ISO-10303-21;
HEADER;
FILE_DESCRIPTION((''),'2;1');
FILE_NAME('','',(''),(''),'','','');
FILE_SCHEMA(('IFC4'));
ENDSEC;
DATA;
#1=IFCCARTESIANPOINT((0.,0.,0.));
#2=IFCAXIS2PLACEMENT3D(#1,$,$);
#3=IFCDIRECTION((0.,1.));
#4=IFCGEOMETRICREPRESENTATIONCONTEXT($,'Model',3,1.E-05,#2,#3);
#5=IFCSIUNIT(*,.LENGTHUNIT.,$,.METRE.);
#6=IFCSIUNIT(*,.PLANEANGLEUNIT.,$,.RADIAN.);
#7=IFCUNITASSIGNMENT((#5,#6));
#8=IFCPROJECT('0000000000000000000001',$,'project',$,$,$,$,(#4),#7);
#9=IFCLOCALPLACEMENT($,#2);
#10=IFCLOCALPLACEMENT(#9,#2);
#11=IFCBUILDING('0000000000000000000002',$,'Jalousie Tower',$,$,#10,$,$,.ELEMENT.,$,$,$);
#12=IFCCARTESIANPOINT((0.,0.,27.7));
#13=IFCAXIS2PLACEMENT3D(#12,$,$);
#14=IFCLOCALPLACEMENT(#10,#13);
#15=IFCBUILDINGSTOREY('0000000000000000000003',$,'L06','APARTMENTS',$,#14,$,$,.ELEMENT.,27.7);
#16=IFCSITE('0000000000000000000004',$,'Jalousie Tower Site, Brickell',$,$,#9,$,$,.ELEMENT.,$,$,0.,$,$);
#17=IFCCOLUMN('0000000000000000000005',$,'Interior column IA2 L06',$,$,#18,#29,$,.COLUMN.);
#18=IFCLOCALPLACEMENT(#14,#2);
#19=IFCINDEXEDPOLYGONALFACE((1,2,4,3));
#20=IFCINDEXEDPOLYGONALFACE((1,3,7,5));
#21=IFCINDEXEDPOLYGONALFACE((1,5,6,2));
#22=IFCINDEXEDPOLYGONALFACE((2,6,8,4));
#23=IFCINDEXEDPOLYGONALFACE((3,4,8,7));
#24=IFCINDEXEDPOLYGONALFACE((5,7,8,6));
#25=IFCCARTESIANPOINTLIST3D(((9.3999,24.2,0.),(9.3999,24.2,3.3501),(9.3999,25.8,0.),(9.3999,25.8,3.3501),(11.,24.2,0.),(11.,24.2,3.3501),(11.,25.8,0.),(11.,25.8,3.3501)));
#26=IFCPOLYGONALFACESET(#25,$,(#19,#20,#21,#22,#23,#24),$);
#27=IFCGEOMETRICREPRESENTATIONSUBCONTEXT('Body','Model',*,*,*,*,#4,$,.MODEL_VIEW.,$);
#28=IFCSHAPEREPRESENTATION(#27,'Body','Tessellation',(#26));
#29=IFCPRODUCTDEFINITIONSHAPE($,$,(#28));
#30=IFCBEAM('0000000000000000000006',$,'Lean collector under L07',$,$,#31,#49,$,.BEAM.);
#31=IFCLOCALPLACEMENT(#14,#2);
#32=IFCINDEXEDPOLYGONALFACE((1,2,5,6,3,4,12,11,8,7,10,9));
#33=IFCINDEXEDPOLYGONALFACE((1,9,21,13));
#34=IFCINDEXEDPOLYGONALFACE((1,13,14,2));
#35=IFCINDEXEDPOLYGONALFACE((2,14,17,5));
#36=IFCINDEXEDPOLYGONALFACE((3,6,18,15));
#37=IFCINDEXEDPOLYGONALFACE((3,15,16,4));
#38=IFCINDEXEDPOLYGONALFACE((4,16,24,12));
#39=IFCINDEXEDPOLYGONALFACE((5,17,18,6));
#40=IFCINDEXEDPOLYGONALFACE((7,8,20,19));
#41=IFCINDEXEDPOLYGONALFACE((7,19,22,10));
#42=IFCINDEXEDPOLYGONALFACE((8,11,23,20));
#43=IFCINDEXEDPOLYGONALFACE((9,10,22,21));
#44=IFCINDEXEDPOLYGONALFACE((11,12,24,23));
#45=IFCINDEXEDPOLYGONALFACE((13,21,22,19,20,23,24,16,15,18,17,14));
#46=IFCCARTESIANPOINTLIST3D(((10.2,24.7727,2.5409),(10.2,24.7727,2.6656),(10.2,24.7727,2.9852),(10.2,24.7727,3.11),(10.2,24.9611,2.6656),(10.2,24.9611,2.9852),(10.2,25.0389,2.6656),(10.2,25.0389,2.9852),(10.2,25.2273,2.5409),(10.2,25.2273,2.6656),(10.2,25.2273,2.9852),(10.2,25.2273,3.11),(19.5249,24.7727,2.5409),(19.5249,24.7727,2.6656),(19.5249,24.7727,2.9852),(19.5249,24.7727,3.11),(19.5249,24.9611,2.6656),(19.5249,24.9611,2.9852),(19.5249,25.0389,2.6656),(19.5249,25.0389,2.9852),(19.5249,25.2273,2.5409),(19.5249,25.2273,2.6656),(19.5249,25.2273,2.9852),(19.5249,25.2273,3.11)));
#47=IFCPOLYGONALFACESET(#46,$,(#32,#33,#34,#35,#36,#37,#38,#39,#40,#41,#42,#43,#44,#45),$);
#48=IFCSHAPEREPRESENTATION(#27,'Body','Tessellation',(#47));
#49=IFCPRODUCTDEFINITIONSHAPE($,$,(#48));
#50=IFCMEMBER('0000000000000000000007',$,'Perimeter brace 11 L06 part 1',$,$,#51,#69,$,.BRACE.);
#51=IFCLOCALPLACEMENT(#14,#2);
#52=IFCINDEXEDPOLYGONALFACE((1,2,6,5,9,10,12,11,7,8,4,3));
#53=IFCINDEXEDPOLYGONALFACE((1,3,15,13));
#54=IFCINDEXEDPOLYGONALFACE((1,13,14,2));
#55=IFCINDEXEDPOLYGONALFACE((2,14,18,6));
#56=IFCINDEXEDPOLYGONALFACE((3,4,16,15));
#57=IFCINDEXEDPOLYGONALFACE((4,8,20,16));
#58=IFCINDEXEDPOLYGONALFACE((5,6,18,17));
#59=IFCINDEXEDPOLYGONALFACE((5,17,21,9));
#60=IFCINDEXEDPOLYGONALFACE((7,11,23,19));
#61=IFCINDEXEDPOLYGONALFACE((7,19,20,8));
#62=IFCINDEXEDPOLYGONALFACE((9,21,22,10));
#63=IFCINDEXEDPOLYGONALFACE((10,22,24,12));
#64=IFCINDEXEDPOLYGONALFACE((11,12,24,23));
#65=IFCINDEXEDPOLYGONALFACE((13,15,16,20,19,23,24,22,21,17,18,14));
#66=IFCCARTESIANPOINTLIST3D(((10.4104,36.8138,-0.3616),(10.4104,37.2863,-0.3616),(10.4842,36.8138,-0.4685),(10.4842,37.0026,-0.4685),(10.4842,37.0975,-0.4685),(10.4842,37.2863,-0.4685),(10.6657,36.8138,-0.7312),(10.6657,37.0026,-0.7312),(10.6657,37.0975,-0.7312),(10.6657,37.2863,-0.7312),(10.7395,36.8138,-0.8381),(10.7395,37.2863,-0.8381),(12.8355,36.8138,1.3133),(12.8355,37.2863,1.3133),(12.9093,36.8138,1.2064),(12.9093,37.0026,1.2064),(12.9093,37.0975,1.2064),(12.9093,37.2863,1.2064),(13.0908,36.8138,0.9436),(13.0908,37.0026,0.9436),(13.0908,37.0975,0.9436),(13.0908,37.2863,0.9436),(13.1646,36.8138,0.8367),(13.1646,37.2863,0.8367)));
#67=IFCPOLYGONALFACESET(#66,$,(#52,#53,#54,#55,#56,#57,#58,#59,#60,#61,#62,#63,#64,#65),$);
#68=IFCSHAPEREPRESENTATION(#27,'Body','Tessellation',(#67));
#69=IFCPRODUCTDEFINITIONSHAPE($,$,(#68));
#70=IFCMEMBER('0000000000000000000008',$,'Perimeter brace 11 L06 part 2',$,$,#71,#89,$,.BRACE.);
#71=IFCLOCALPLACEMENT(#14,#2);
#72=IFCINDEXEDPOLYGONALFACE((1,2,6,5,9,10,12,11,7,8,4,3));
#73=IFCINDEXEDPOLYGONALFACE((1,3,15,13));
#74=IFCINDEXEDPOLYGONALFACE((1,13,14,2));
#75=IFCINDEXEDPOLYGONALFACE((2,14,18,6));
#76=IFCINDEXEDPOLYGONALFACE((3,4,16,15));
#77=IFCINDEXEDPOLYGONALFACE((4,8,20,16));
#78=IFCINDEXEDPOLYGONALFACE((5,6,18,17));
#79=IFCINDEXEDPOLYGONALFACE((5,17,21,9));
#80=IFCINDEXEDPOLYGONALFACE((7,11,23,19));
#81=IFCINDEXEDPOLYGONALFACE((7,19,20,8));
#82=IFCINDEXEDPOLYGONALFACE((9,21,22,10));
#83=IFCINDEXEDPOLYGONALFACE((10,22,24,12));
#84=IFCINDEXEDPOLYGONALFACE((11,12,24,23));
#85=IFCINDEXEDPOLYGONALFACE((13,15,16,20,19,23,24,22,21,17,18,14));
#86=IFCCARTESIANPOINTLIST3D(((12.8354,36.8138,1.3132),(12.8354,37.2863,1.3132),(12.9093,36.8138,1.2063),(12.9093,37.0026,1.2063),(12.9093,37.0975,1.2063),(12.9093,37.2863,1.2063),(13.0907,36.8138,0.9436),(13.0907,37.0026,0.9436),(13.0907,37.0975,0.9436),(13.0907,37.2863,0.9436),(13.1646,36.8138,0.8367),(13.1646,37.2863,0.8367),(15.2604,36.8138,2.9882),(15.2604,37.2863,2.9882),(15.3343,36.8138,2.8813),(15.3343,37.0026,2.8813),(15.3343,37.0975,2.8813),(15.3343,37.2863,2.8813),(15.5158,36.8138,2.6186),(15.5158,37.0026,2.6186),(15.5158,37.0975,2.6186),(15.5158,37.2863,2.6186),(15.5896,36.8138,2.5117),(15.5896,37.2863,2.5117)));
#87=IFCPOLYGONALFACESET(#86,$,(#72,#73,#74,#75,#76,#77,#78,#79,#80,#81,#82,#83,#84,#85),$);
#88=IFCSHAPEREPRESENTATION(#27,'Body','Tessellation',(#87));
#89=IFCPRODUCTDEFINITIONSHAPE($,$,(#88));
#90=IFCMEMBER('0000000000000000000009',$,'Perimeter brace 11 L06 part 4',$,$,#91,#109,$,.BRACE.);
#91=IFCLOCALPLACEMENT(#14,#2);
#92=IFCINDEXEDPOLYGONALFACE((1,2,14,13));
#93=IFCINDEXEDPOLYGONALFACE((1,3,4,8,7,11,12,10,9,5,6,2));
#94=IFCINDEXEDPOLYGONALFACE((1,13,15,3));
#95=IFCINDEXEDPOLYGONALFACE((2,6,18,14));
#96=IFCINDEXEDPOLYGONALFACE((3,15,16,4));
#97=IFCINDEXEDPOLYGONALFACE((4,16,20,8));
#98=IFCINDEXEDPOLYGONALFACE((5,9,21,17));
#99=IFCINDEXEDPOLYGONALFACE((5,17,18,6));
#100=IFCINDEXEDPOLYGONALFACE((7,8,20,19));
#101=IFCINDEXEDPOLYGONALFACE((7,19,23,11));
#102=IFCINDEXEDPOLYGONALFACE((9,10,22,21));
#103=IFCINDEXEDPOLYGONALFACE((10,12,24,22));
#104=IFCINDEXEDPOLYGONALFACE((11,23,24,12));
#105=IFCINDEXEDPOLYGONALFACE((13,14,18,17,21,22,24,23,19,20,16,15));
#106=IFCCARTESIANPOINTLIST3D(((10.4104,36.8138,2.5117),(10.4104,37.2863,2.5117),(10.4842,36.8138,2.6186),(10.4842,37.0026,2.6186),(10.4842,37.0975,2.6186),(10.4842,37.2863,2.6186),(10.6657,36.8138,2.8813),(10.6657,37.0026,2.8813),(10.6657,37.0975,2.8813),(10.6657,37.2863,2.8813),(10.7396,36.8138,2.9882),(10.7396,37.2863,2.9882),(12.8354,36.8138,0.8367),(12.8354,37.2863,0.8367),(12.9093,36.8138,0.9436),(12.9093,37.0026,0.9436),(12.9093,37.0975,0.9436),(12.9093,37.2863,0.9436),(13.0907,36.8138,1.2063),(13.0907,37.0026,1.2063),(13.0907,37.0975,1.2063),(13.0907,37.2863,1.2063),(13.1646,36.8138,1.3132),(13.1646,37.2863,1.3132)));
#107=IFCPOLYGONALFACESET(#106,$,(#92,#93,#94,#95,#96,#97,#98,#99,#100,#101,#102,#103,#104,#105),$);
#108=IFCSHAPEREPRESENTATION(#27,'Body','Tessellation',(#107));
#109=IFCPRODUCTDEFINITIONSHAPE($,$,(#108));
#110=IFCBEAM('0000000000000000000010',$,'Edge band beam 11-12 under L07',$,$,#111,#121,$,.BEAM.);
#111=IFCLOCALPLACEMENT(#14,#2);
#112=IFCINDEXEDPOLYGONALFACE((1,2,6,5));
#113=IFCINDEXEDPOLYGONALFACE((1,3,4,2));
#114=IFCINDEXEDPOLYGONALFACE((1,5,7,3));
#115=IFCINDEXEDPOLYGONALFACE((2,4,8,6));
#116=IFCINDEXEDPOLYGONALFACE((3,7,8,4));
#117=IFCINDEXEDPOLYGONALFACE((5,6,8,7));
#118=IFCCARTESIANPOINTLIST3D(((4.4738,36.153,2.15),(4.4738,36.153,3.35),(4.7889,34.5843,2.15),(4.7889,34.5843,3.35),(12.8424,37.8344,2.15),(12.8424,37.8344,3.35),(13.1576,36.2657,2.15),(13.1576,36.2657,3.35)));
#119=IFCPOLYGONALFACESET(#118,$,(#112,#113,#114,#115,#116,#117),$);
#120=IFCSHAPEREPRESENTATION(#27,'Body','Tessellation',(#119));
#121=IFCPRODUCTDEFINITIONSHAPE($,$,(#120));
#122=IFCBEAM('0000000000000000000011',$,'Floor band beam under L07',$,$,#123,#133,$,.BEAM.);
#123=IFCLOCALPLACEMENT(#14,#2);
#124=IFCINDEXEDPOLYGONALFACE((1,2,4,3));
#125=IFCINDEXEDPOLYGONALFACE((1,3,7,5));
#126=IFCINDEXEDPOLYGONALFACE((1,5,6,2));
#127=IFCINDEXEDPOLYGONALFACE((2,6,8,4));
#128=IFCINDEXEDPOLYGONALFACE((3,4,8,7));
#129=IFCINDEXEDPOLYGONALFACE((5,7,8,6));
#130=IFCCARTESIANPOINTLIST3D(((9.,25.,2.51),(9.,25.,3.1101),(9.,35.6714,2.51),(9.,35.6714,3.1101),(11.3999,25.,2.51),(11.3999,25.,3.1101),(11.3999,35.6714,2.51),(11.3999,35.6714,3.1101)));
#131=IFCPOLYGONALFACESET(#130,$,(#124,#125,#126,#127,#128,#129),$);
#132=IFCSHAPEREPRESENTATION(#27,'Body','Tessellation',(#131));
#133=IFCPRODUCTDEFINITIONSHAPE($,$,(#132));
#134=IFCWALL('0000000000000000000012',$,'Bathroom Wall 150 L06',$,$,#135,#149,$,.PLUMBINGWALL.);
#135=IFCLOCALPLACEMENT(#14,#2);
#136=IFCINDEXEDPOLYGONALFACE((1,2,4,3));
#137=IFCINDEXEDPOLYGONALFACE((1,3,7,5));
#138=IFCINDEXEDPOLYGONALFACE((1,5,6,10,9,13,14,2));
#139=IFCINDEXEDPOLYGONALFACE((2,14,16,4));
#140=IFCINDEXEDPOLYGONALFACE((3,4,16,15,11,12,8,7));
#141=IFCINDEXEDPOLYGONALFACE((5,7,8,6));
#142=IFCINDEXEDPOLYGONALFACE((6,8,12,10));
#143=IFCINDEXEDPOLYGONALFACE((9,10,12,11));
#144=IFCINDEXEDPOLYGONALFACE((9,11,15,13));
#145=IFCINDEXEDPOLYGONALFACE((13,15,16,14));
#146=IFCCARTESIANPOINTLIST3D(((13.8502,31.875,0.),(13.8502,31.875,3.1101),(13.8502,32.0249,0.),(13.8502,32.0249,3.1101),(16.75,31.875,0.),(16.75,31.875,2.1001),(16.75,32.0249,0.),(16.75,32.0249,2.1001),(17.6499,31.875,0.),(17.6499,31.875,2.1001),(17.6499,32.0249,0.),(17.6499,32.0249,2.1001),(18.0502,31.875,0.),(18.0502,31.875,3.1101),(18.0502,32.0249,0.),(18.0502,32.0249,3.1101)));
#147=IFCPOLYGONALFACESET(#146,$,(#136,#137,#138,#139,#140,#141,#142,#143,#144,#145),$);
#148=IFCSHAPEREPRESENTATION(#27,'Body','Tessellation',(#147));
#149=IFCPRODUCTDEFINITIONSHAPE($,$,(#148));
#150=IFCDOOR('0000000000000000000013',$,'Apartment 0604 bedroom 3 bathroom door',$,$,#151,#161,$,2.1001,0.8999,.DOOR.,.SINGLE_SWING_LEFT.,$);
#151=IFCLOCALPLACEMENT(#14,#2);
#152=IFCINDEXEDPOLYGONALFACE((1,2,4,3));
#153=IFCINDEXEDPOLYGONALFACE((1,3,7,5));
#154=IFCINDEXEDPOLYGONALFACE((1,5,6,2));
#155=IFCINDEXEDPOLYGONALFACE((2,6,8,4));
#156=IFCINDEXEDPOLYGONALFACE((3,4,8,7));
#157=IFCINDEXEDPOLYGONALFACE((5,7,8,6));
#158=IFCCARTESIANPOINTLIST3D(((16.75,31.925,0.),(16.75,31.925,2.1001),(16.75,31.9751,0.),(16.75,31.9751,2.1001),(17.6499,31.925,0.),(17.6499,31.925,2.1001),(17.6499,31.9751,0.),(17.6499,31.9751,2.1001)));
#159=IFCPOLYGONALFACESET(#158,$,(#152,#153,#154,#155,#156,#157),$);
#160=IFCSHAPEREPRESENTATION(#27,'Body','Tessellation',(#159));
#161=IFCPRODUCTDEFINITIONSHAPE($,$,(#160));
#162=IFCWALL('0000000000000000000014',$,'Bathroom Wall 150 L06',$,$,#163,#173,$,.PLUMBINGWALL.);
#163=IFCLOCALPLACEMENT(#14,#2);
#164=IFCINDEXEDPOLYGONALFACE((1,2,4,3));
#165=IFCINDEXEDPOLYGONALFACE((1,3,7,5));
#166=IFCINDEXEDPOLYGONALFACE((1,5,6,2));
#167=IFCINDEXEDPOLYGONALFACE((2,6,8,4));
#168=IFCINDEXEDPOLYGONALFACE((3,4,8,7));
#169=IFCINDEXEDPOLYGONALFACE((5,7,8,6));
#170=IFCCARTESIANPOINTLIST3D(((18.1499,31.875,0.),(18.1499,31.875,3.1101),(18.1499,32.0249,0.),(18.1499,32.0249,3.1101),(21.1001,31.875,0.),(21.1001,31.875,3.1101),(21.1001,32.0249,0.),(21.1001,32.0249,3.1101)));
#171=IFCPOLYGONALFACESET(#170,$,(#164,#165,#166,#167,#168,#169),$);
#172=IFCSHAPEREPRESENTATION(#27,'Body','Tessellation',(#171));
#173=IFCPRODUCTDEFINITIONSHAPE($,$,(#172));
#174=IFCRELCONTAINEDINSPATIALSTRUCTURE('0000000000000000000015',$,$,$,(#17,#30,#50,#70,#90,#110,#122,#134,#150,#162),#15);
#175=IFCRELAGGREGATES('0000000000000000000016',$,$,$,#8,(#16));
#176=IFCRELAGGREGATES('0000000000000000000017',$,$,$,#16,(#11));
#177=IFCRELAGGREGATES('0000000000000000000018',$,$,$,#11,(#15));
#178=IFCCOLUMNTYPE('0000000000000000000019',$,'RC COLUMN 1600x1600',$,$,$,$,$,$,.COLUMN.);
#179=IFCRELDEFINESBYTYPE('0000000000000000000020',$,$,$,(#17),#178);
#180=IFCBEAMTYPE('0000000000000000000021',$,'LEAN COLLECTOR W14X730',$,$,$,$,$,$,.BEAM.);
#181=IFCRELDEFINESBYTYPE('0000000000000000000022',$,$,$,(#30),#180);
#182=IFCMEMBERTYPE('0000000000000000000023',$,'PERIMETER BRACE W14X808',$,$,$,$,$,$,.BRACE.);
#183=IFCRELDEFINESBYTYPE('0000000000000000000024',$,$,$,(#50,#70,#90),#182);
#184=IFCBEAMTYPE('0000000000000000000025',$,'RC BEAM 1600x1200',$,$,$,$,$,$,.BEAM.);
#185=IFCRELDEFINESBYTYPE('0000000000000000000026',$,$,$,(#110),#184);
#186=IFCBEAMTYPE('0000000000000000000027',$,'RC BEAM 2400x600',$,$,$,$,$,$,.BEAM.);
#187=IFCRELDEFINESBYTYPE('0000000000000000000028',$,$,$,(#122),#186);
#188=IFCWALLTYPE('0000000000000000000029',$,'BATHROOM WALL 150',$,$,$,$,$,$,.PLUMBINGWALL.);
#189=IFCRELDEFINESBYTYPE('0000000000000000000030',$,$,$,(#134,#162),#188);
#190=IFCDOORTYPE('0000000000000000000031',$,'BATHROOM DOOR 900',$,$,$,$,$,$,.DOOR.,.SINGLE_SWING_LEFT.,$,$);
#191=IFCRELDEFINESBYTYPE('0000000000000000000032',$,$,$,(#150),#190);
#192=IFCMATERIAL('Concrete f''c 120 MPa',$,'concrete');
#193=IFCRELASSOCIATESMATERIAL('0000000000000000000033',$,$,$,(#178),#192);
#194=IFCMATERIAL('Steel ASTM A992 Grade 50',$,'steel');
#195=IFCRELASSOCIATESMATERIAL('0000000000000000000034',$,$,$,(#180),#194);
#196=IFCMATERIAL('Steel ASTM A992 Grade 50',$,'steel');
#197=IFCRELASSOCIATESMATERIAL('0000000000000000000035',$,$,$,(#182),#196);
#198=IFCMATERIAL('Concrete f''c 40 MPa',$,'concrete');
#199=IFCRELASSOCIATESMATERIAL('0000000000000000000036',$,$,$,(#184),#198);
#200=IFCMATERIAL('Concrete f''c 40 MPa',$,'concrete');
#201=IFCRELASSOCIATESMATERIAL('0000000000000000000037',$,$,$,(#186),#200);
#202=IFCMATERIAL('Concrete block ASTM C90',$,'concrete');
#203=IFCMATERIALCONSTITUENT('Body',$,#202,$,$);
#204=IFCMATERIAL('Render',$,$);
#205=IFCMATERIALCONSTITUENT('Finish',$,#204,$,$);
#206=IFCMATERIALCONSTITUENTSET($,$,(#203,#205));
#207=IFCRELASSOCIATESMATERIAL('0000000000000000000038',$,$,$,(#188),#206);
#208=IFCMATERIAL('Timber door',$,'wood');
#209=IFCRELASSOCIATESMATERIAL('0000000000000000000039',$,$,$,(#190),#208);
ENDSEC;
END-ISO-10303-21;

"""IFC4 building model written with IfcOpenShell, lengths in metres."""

from ifc_helpers import new_model, si_unit, direction, frame, frame_2d, origin, origin_2d, place, context, subcontext, project, spatial, rectangle, i_section, extrude, material, constituent, constituent_set, material_profile, profile_set, type_object, element, fill, save


model = new_model("IFC4")

# Units and contexts
model_context = context("Model", 3, precision=1e-05, world=origin(), true_north=direction((0.0, 1.0)))
body_context = subcontext(model_context, "Body", "Model", "MODEL_VIEW")
ifc_project = project(units=[si_unit("LENGTHUNIT", "METRE"), si_unit("PLANEANGLEUNIT", "RADIAN")], contexts=[model_context])

# Site, building, storey
site_placement = place(None, origin())
site = spatial("IfcSite", under=ifc_project, at=site_placement, Name="Jalousie Tower Site, Brickell", CompositionType="ELEMENT", RefElevation=0.0)
building_placement = place(site_placement, origin())
building = spatial("IfcBuilding", under=site, at=building_placement, Name="Jalousie Tower", CompositionType="ELEMENT")
storey_placement = place(building_placement, frame((0.0, 0.0, 27.7)))
storey = spatial("IfcBuildingStorey", under=building, at=storey_placement, Name="L06", Description="APARTMENTS", CompositionType="ELEMENT", Elevation=27.7)

# Column
ifc_material_1 = material(Name="Concrete f'c 120 MPa", Category="concrete")
ifc_material_profile_1 = material_profile(ifc_material_1, rectangle(XDim=1.6001, YDim=1.6001, at=origin_2d()), Name="RC 1600x1600")
ifc_profile_set_1 = profile_set([ifc_material_profile_1], Name="Concrete f'c 120 MPa")
column_type = type_object("IfcColumnType", Name="RC COLUMN 1600x1600", PredefinedType="COLUMN", material=ifc_profile_set_1)
column_placement = place(storey_placement, frame((10.2, 25.0, 0.0), z_axis=(0.0, 0.0, 1.0), x_axis=(1.0, 0.0, 0.0)))
element("IfcColumn", 1, at=column_placement, inside=storey, type_object=column_type, Name="Interior column IA2 L06", PredefinedType="COLUMN", context=body_context, shape_type="SweptSolid", body=[
    extrude(rectangle(XDim=1.6001, YDim=1.6001, at=origin_2d()), origin(), (0.0, 0.0, 1.0), 3.3501),
])

# Beam
ifc_material_2 = material(Name="Steel ASTM A992 Grade 50", Category="steel")
ifc_material_profile_2 = material_profile(ifc_material_2, i_section(OverallWidth=0.4546, OverallDepth=0.5691, WebThickness=0.0779, FlangeThickness=0.1248, at=origin_2d()), Name="W14X730")
ifc_profile_set_2 = profile_set([ifc_material_profile_2], Name="Steel ASTM A992 Grade 50")
beam_type_1 = type_object("IfcBeamType", Name="LEAN COLLECTOR W14X730", PredefinedType="BEAM", material=ifc_profile_set_2)
beam_1_placement = place(storey_placement, frame((10.2, 25.0, 2.8254), z_axis=(1.0, 0.0, 0.0), x_axis=(0.0, 1.0, 0.0)))
element("IfcBeam", 2, at=beam_1_placement, inside=storey, type_object=beam_type_1, Name="Lean collector under L07", PredefinedType="BEAM", context=body_context, shape_type="SweptSolid", body=[
    extrude(i_section(OverallWidth=0.4546, OverallDepth=0.5691, WebThickness=0.0779, FlangeThickness=0.1248, at=origin_2d()), origin(), (0.0, 0.0, 1.0), 9.325),
])

# Members
ifc_material_3 = material(Name="Steel ASTM A992 Grade 50", Category="steel")
ifc_material_profile_3 = material_profile(ifc_material_3, i_section(OverallWidth=0.4724, OverallDepth=0.5791, WebThickness=0.095, FlangeThickness=0.1299, at=origin_2d()), Name="W14X808")
ifc_profile_set_3 = profile_set([ifc_material_profile_3], Name="Steel ASTM A992 Grade 50")
member_type = type_object("IfcMemberType", Name="PERIMETER BRACE W14X808", PredefinedType="BRACE", material=ifc_profile_set_3)
for number, where, z_axis, x_axis, name in (
    (3, (10.575, 37.05, -0.5999), (0.822839, 0.0, 0.568275), (0.0, 1.0, 0.0), "Perimeter brace 11 L06 part 1"),
    (4, (13.0, 37.05, 1.075), (0.8228, 0.0, 0.568331), (0.0, 1.0, 0.0), "Perimeter brace 11 L06 part 2"),
    (5, (13.0, 37.05, 1.075), (-0.8228, 0.0, 0.568331), (0.0, -1.0, 0.0), "Perimeter brace 11 L06 part 4"),
):
    element("IfcMember", number, at=place(storey_placement, frame(where, z_axis=z_axis, x_axis=x_axis)), inside=storey, type_object=member_type, Name=name, PredefinedType="BRACE", context=body_context, shape_type="SweptSolid", body=[
        extrude(i_section(OverallWidth=0.4724, OverallDepth=0.5791, WebThickness=0.095, FlangeThickness=0.1299, at=origin_2d()), origin(), (0.0, 0.0, 1.0), 2.9473),
    ])

# Beams
ifc_material_4 = material(Name="Concrete f'c 40 MPa", Category="concrete")
ifc_material_profile_4 = material_profile(ifc_material_4, rectangle(XDim=1.6001, YDim=1.2, at=origin_2d()), Name="RC 1600x1200")
ifc_profile_set_4 = profile_set([ifc_material_profile_4], Name="Concrete f'c 40 MPa")
beam_type_2 = type_object("IfcBeamType", Name="RC BEAM 1600x1200", PredefinedType="BEAM", material=ifc_profile_set_4)
beam_2_placement = place(storey_placement, frame((13.0, 37.05, 2.75), z_axis=(-0.980408, -0.19698, 0.0), x_axis=(0.19698, -0.980408, 0.0)))
element("IfcBeam", 6, at=beam_2_placement, inside=storey, type_object=beam_type_2, Name="Edge band beam 11-12 under L07", PredefinedType="BEAM", context=body_context, shape_type="SweptSolid", body=[
    extrude(rectangle(XDim=1.6001, YDim=1.2, at=origin_2d()), origin(), (0.0, 0.0, 1.0), 8.5359),
])
ifc_material_5 = material(Name="Concrete f'c 40 MPa", Category="concrete")
ifc_material_profile_5 = material_profile(ifc_material_5, rectangle(XDim=2.3999, YDim=0.6001, at=origin_2d()), Name="RC 2400x600")
ifc_profile_set_5 = profile_set([ifc_material_profile_5], Name="Concrete f'c 40 MPa")
beam_type_3 = type_object("IfcBeamType", Name="RC BEAM 2400x600", PredefinedType="BEAM", material=ifc_profile_set_5)
beam_3_placement = place(storey_placement, frame((10.2, 25.0, 2.8101), z_axis=(0.0, 1.0, 0.0), x_axis=(-1.0, 0.0, 0.0)))
element("IfcBeam", 7, at=beam_3_placement, inside=storey, type_object=beam_type_3, Name="Floor band beam under L07", PredefinedType="BEAM", context=body_context, shape_type="SweptSolid", body=[
    extrude(rectangle(XDim=2.3999, YDim=0.6001, at=origin_2d()), origin(), (0.0, 0.0, 1.0), 10.6714),
])

# Wall, opening, door
ifc_material_6 = material(Name="Concrete block ASTM C90", Category="concrete")
ifc_constituent_1 = constituent(ifc_material_6, Name="Body")
ifc_material_7 = material(Name="Render")
ifc_constituent_2 = constituent(ifc_material_7, Name="Finish")
ifc_constituent_set_1 = constituent_set(constituents=[ifc_constituent_1, ifc_constituent_2])
wall_type_1 = type_object("IfcWallType", Name="BATHROOM WALL 150", PredefinedType="PLUMBINGWALL", material=ifc_constituent_set_1)
wall_1_placement = place(storey_placement, frame((13.8501, 31.95, 0.0), z_axis=(0.0, 0.0, 1.0), x_axis=(1.0, 0.0, 0.0)))
wall_1 = element("IfcWall", 8, at=wall_1_placement, inside=storey, type_object=wall_type_1, Name="Bathroom Wall 150 L06", PredefinedType="PLUMBINGWALL", context=body_context, shape_type="SweptSolid", body=[
    extrude(rectangle(XDim=4.2, YDim=0.1499, at=frame_2d((2.1001, 0.0))), origin(), (0.0, 0.0, 1.0), 3.1101),
])
opening_1_placement = place(wall_1_placement, frame((2.8999, 0.0, 0.0)))
opening_1 = element("IfcOpeningElement", 9, at=opening_1_placement, cuts=wall_1, PredefinedType="OPENING", context=body_context, shape_type="SweptSolid", body=[
    extrude(rectangle(XDim=0.8999, YDim=2.1001, at=frame_2d((0.45, 1.05))), frame((0.0, 0.085, 0.0), z_axis=(0.0, -1.0, 0.0), x_axis=(1.0, 0.0, 0.0)), (0.0, 0.0, 1.0), 0.1699),
])
ifc_material_8 = material(Name="Timber door", Category="wood")
door_type_1 = type_object("IfcDoorType", Name="BATHROOM DOOR 900", OperationType="SINGLE_SWING_LEFT", PredefinedType="DOOR", material=ifc_material_8)
door_1_placement = place(opening_1_placement, frame((0.8999, 0.0, 0.0), z_axis=(0.0, 0.0, 1.0), x_axis=(-1.0, 0.0, 0.0)))
door_1 = element("IfcDoor", 10, at=door_1_placement, inside=storey, type_object=door_type_1, Name="Apartment 0604 bedroom 3 bathroom door", OperationType="SINGLE_SWING_LEFT", OverallHeight=2.1001, OverallWidth=0.8999, PredefinedType="DOOR", context=body_context, shape_type="SweptSolid", body=[
    extrude(rectangle(XDim=0.8999, YDim=2.1001, at=frame_2d((0.45, 1.05))), frame((0.0, 0.0249, 0.0), z_axis=(0.0, -1.0, 0.0), x_axis=(1.0, 0.0, 0.0)), (0.0, 0.0, 1.0), 0.05),
])
fill(opening_1, door_1)

# Wall
wall_2_placement = place(storey_placement, frame((18.1499, 31.95, 0.0), z_axis=(0.0, 0.0, 1.0), x_axis=(1.0, 0.0, 0.0)))
element("IfcWall", 11, at=wall_2_placement, inside=storey, type_object=wall_type_1, Name="Bathroom Wall 150 L06", PredefinedType="PLUMBINGWALL", context=body_context, shape_type="SweptSolid", body=[
    extrude(rectangle(XDim=2.9502, YDim=0.1499, at=frame_2d((1.4751, 0.0))), origin(), (0.0, 0.0, 1.0), 3.1101),
])

save(model, "model.ifc")
